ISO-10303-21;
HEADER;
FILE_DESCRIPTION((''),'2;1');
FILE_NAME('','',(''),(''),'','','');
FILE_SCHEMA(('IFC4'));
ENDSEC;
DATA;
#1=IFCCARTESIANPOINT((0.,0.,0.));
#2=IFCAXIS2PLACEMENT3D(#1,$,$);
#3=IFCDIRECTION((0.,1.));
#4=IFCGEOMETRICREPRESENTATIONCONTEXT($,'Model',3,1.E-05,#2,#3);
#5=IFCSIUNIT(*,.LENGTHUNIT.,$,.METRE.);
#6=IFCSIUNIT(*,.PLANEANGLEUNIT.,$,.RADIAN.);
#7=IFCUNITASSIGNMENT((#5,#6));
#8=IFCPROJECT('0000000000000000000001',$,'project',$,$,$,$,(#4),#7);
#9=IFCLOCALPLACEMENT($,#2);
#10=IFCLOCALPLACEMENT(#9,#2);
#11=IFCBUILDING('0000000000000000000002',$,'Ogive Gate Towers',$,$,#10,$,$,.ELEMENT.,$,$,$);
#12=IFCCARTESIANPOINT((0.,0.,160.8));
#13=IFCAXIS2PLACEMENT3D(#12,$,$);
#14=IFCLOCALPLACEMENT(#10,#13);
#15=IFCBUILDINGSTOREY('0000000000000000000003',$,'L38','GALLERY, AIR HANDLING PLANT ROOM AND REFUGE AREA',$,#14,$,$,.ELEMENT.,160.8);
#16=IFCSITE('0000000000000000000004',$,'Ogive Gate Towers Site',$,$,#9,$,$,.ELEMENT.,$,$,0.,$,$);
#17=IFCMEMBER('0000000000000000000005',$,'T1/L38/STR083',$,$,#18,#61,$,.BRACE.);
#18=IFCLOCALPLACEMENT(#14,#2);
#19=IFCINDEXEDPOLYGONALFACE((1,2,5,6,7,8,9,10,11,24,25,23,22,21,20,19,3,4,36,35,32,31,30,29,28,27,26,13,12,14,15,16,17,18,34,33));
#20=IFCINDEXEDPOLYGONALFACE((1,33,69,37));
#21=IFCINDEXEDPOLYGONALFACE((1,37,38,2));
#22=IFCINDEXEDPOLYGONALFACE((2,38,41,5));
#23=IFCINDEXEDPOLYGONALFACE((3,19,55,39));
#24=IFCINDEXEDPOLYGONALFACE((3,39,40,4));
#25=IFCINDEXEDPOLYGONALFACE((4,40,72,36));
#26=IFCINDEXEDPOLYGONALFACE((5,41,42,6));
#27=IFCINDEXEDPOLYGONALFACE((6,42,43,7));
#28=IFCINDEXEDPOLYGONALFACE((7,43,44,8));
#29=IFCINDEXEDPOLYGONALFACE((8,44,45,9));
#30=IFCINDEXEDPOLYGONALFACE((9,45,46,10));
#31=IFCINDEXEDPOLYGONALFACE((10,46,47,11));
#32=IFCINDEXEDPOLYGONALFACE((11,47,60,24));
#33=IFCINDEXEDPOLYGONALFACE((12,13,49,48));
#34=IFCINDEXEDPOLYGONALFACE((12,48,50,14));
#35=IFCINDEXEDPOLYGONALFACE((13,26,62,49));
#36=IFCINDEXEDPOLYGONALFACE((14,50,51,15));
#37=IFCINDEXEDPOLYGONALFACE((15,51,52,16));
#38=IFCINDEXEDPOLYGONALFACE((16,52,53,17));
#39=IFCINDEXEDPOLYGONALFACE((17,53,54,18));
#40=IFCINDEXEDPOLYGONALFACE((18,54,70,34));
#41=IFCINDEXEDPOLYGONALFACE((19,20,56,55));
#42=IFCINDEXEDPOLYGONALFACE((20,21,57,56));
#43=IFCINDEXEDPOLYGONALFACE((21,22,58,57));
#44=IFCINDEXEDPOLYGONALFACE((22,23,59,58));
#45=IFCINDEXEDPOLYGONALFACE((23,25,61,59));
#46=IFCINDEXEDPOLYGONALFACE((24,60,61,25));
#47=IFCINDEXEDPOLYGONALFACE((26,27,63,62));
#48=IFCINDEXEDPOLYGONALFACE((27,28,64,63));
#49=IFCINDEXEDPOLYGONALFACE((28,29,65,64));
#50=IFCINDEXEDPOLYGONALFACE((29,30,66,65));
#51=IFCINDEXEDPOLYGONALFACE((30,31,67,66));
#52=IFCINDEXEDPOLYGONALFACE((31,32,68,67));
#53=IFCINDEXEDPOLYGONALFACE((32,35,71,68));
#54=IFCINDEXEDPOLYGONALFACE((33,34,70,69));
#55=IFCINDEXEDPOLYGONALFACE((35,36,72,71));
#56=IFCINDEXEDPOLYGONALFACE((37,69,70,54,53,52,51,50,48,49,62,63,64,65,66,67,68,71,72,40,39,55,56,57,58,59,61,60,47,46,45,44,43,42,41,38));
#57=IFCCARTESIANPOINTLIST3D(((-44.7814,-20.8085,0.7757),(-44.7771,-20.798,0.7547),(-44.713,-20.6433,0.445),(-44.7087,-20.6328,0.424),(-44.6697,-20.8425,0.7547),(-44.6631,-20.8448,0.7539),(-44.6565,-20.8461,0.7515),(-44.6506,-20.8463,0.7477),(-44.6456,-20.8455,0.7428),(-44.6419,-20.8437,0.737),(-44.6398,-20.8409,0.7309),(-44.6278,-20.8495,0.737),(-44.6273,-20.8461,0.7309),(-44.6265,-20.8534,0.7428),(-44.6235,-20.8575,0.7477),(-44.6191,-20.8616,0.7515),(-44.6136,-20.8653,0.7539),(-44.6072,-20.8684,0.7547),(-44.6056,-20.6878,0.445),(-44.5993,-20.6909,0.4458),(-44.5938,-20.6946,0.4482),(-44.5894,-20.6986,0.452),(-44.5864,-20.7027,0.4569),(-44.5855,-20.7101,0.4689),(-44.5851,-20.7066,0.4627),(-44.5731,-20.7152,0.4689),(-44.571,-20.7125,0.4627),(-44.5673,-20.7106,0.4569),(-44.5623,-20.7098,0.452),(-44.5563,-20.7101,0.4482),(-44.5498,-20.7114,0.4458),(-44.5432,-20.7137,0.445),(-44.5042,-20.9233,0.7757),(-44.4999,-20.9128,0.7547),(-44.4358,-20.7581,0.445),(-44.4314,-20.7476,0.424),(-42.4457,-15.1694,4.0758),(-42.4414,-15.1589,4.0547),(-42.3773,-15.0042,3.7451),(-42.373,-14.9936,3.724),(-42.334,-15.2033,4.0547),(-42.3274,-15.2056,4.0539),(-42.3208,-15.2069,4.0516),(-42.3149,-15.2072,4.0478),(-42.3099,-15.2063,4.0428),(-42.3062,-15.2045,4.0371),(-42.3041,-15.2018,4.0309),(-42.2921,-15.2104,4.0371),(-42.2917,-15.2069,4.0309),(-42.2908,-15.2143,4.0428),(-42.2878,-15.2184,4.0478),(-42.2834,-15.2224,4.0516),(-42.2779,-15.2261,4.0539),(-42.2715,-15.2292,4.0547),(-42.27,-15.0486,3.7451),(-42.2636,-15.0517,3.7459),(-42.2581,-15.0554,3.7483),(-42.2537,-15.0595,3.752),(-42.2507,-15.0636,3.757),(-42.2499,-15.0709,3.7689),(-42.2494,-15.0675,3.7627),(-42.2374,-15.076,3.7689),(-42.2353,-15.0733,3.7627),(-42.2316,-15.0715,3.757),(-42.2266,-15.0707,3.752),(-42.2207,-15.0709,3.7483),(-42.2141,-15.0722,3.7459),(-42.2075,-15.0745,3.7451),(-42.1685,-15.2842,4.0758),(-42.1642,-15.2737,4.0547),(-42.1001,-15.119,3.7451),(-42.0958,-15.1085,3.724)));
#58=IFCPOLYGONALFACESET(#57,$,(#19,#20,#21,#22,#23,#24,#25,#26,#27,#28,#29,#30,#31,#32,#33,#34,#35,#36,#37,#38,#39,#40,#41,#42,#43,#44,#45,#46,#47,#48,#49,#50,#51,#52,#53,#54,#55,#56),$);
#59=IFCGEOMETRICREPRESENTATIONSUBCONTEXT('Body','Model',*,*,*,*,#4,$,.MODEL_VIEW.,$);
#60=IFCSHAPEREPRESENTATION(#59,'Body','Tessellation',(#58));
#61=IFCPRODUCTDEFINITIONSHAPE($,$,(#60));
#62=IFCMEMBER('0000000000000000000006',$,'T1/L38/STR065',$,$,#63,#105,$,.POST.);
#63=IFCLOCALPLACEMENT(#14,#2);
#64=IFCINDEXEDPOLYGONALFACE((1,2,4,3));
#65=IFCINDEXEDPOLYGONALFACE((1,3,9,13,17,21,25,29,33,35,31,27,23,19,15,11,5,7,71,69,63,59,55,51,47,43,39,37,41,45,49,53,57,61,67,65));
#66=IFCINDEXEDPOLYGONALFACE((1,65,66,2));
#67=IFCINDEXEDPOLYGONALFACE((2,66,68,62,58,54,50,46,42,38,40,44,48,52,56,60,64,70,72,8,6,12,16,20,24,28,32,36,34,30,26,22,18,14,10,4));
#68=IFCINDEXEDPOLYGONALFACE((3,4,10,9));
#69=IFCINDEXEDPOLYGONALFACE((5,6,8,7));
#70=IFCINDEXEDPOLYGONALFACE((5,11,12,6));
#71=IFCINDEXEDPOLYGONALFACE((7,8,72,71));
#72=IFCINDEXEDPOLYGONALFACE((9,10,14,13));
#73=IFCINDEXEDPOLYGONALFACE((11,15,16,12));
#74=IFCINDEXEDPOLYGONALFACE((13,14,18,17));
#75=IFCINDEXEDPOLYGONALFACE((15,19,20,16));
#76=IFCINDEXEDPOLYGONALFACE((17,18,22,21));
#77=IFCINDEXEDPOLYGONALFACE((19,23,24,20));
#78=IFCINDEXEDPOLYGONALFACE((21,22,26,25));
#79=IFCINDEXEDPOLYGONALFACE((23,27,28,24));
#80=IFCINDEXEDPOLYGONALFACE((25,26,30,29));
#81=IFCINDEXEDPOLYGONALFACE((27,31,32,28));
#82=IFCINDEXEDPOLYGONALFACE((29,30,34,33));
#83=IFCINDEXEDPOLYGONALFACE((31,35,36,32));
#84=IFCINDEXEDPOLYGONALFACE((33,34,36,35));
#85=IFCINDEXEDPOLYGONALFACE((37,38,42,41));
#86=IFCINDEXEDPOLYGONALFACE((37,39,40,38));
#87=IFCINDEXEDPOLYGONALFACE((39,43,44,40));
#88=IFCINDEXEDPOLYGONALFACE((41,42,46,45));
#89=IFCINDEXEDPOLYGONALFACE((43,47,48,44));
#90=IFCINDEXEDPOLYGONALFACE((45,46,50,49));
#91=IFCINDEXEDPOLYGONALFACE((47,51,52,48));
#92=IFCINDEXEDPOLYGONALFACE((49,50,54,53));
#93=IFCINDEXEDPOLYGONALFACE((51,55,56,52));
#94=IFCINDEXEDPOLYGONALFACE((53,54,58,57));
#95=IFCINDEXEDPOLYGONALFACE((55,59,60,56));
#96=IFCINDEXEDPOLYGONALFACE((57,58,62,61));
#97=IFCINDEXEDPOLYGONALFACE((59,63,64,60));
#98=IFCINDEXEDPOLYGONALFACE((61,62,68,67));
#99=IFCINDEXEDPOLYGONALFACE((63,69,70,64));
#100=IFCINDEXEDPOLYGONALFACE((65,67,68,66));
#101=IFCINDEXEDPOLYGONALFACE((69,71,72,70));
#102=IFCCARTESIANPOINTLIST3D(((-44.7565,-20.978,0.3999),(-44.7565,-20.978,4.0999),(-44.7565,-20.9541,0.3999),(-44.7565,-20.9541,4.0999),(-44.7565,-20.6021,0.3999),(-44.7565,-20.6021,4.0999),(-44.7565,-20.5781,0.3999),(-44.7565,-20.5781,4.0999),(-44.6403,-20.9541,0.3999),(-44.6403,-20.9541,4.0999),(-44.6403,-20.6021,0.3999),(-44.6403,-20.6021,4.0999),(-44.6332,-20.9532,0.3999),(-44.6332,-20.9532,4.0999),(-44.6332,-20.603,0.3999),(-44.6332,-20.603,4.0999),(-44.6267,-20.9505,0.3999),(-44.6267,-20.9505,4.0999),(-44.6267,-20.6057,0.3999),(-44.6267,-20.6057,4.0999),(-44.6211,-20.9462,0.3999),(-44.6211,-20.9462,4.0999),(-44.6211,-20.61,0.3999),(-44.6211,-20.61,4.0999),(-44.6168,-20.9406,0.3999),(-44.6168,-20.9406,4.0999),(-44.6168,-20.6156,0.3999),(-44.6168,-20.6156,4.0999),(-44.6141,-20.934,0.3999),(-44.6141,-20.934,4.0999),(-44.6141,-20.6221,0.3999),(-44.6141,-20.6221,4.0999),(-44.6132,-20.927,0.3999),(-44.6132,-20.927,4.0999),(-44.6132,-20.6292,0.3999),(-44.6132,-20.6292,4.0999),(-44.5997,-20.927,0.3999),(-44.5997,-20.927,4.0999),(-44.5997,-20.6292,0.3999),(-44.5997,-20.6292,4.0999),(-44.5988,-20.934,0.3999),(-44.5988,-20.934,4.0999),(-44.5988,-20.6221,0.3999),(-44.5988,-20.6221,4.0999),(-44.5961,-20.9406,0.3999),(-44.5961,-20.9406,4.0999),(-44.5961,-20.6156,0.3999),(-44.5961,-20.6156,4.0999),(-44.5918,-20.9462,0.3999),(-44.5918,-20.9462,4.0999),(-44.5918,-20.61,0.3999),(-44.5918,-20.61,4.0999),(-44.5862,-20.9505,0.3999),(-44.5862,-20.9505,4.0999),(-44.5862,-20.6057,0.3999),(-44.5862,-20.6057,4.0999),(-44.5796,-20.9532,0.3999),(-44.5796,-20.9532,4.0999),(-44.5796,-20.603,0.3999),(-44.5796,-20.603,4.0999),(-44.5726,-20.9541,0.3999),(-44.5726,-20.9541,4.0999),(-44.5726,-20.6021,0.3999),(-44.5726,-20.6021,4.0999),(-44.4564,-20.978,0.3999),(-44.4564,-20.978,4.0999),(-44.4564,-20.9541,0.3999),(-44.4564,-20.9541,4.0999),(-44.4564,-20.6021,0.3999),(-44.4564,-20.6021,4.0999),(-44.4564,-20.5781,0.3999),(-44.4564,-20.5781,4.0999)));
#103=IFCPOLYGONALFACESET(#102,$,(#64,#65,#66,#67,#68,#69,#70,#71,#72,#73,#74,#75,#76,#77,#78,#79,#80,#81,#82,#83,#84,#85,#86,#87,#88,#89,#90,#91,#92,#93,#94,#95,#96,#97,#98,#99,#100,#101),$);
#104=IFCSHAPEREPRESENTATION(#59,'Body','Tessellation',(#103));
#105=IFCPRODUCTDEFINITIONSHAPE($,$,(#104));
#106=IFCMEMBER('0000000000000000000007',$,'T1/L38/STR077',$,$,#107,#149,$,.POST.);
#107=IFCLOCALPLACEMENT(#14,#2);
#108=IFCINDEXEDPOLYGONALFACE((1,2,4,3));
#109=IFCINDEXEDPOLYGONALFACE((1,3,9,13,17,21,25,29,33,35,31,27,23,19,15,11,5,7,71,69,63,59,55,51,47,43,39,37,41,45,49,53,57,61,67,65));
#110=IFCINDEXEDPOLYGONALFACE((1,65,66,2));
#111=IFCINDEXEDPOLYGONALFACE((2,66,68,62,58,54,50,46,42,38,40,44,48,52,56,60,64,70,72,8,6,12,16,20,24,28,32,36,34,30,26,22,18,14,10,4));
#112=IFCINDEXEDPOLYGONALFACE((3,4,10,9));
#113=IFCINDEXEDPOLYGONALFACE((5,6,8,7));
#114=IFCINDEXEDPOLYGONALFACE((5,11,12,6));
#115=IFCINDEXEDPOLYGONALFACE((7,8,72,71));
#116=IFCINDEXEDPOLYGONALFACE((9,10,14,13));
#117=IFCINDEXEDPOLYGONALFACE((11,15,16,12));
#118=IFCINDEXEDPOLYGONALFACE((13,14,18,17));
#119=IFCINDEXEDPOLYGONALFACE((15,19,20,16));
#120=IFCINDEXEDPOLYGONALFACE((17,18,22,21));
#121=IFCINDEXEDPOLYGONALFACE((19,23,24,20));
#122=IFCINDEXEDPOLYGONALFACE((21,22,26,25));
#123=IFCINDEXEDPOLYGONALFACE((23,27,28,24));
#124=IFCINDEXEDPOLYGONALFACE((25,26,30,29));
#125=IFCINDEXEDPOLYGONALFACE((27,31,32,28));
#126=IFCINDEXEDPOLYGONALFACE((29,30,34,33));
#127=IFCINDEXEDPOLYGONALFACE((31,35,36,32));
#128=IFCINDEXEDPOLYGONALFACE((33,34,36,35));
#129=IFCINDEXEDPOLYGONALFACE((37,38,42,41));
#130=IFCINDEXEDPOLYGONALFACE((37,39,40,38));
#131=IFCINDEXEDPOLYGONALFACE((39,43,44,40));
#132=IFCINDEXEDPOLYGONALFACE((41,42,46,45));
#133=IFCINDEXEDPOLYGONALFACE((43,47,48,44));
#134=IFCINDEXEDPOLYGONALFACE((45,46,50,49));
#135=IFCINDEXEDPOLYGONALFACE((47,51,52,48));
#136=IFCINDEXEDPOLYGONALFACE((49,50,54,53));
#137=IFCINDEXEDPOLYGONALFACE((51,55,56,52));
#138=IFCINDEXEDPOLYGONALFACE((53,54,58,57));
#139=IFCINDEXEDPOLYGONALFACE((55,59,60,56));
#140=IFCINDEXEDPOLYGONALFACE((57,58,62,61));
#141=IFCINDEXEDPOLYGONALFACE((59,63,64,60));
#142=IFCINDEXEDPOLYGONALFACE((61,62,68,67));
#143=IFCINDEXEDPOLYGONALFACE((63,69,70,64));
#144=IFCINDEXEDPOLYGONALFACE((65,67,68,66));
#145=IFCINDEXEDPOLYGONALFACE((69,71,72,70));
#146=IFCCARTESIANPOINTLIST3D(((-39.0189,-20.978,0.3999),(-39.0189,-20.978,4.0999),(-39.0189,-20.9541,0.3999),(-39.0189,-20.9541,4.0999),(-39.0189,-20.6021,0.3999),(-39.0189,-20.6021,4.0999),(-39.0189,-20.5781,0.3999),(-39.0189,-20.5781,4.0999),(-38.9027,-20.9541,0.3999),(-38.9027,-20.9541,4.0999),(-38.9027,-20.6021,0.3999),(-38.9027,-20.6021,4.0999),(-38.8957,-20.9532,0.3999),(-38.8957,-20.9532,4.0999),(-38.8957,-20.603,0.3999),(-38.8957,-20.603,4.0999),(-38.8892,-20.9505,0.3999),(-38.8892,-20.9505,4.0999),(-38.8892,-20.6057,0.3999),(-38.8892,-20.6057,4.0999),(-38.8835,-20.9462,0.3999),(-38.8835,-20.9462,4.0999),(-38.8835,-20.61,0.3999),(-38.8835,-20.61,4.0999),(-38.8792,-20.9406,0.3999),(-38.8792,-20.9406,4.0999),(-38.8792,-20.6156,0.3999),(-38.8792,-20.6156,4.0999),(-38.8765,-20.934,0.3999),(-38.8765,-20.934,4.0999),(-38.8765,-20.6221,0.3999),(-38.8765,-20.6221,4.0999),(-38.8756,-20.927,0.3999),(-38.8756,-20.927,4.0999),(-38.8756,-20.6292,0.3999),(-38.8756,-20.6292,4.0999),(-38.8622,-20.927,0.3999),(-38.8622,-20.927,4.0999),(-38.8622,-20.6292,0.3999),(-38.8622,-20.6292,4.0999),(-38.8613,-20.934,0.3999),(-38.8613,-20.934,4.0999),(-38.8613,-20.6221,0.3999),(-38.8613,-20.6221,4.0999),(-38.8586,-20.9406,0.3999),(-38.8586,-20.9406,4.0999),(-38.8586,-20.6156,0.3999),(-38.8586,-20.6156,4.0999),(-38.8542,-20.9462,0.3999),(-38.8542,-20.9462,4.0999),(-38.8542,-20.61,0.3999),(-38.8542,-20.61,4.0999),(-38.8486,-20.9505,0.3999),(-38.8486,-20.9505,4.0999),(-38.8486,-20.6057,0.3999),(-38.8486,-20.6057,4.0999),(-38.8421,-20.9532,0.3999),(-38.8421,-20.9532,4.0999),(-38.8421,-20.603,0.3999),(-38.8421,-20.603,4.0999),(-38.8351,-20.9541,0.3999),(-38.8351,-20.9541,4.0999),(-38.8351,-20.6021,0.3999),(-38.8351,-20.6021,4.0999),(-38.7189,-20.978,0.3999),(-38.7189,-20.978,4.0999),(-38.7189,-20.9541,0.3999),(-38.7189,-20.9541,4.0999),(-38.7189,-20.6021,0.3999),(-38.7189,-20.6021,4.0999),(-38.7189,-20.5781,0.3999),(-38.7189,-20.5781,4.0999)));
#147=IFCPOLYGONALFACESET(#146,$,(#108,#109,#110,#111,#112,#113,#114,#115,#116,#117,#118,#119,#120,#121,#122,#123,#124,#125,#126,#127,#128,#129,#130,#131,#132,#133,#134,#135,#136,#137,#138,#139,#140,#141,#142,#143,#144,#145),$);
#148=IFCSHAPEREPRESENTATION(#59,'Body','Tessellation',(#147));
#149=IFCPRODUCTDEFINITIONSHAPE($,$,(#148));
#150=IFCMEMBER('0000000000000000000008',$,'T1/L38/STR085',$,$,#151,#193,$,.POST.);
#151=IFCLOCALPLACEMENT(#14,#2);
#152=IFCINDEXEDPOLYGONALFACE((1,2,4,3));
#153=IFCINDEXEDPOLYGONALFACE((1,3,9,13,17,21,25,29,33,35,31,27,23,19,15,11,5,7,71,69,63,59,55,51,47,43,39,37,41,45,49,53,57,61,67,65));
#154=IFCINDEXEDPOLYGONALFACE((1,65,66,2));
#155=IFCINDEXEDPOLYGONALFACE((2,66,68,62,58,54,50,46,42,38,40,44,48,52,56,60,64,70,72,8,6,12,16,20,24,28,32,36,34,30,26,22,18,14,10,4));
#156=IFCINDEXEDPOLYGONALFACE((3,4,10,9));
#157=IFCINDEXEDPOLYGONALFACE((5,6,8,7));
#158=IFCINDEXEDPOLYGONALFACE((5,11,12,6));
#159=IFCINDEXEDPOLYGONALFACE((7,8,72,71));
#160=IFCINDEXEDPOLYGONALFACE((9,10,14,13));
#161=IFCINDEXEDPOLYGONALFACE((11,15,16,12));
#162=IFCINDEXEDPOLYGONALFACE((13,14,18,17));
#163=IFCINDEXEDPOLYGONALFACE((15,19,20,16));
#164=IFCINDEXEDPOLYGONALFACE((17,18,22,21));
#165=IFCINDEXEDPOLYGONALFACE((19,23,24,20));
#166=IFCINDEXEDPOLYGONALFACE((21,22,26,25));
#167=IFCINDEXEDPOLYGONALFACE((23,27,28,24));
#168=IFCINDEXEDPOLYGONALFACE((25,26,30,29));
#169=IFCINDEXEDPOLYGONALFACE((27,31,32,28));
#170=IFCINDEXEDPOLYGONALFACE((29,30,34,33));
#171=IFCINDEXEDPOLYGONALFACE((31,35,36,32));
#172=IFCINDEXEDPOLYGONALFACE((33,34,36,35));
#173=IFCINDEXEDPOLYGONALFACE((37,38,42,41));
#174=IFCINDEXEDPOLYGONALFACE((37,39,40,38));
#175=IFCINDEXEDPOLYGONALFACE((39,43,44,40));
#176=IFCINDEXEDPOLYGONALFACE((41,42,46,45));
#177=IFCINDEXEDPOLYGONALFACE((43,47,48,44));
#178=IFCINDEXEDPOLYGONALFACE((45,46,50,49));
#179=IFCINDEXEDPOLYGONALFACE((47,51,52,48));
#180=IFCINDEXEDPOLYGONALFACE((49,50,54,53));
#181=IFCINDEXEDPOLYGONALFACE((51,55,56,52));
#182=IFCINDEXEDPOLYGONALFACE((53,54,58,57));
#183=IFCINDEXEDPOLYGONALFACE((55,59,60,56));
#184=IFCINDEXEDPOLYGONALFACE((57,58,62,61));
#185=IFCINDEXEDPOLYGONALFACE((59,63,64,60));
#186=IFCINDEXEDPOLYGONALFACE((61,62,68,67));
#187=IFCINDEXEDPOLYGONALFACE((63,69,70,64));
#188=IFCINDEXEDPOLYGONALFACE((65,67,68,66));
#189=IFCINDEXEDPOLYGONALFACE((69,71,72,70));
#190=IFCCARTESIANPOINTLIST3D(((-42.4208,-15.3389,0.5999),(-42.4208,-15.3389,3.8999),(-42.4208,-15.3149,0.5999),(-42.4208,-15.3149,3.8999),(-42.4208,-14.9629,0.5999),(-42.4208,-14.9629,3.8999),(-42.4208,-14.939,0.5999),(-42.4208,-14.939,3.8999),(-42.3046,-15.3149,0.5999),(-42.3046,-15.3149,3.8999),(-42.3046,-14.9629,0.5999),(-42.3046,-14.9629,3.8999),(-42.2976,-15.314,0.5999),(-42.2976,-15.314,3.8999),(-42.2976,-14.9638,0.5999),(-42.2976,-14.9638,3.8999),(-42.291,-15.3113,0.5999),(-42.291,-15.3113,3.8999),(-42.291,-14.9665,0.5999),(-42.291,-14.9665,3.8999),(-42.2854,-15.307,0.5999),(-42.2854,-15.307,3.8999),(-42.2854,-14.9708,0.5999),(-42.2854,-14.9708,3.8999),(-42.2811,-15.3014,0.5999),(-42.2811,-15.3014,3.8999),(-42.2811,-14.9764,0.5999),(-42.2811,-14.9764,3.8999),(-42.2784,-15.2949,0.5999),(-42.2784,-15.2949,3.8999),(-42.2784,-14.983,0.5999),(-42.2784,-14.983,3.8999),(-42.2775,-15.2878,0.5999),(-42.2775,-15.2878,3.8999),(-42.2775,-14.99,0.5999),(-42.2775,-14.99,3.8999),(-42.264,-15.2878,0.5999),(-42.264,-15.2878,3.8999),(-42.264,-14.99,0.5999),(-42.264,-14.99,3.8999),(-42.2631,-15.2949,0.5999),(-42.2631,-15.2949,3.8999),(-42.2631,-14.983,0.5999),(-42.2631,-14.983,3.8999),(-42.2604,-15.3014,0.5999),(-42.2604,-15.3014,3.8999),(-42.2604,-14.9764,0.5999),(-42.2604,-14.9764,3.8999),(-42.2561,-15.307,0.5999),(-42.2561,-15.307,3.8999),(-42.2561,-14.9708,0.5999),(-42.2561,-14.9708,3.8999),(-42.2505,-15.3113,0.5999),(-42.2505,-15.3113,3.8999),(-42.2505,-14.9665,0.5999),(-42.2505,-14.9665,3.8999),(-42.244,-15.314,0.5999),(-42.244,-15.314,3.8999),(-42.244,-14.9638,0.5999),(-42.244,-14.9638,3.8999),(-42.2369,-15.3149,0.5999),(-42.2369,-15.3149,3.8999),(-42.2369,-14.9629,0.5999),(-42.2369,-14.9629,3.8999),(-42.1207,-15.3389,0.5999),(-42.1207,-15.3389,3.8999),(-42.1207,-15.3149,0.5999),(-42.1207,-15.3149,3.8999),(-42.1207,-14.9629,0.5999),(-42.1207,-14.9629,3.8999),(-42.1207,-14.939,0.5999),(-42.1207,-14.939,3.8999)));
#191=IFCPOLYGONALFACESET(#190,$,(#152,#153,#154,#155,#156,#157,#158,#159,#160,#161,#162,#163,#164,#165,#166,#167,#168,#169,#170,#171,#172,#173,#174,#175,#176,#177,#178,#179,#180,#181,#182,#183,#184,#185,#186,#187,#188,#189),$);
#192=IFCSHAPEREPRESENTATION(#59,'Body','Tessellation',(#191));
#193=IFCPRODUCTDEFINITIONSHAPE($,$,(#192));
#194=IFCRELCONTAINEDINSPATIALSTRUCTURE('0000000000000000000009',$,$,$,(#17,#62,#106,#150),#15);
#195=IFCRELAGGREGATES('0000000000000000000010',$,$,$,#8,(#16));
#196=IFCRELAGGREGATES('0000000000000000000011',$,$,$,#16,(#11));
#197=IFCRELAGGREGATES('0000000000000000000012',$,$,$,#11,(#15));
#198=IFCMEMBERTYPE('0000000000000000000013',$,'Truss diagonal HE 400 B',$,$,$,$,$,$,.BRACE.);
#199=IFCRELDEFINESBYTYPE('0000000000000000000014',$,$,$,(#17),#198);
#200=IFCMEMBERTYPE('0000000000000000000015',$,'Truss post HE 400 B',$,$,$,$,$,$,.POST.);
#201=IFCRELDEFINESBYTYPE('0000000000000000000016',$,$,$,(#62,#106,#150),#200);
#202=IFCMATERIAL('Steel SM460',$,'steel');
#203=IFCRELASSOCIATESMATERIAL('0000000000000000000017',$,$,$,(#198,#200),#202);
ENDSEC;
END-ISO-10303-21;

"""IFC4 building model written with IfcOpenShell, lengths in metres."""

from ifc_helpers import new_model, si_unit, direction, frame, origin, origin_2d, place, context, subcontext, project, spatial, i_section, extrude, material, material_profile, profile_set, type_object, element, save


model = new_model("IFC4")

# Units and contexts
model_context = context("Model", 3, precision=1e-05, world=origin(), true_north=direction((0.0, 1.0)))
body_context = subcontext(model_context, "Body", "Model", "MODEL_VIEW")
ifc_project = project(units=[si_unit("LENGTHUNIT", "METRE"), si_unit("PLANEANGLEUNIT", "RADIAN")], contexts=[model_context])

# Site, building, storey
site_placement = place(None, origin())
site = spatial("IfcSite", under=ifc_project, at=site_placement, Name="Ogive Gate Towers Site", CompositionType="ELEMENT", RefElevation=0.0)
building_placement = place(site_placement, origin())
building = spatial("IfcBuilding", under=site, at=building_placement, Name="Ogive Gate Towers", CompositionType="ELEMENT")
storey_placement = place(building_placement, frame((0.0, 0.0, 160.8)))
storey = spatial("IfcBuildingStorey", under=building, at=storey_placement, Name="L38", Description="GALLERY, AIR HANDLING PLANT ROOM AND REFUGE AREA", CompositionType="ELEMENT", Elevation=160.8)

# Shared definitions
ifc_material_1 = material(Name="Steel SM460", Category="steel")

# Members
ifc_material_profile_1 = material_profile(ifc_material_1, i_section(OverallWidth=0.3, OverallDepth=0.3999, WebThickness=0.0134, FlangeThickness=0.0239, FilletRadius=0.0271, at=origin_2d()), Name="HE 400 B")
ifc_profile_set_1 = profile_set([ifc_material_profile_1], Name="Steel SM460")
member_type_1 = type_object("IfcMemberType", Name="Truss diagonal HE 400 B", PredefinedType="BRACE", material=ifc_profile_set_1)
member_1_placement = place(storey_placement, frame((-42.2708, -15.1389, 3.8999), z_axis=(-0.336617, -0.812708, -0.475599), x_axis=(0.923887, -0.382666, 0.0)))
element("IfcMember", 1, at=member_1_placement, inside=storey, type_object=member_type_1, Name="T1/L38/STR083", PredefinedType="BRACE", context=body_context, shape_type="SweptSolid", body=[
    extrude(i_section(OverallWidth=0.3, OverallDepth=0.3999, WebThickness=0.0134, FlangeThickness=0.0239, FilletRadius=0.0271, at=origin_2d()), origin(), (0.0, 0.0, 1.0), 6.9387),
])
ifc_material_profile_2 = material_profile(ifc_material_1, i_section(OverallWidth=0.3, OverallDepth=0.3999, WebThickness=0.0134, FlangeThickness=0.0239, FilletRadius=0.0271, at=origin_2d()), Name="HE 400 B")
ifc_profile_set_2 = profile_set([ifc_material_profile_2], Name="Steel SM460")
member_type_2 = type_object("IfcMemberType", Name="Truss post HE 400 B", PredefinedType="POST", material=ifc_profile_set_2)
for number, where, z_axis, x_axis, name in (
    (2, (-44.6064, -20.7781, 0.3999), (0.0, 0.0, 1.0), (1.0, 0.0, 0.0), "T1/L38/STR065"),
    (3, (-38.8689, -20.7781, 0.3999), (0.0, 0.0, 1.0), (1.0, 0.0, 0.0), "T1/L38/STR077"),
):
    element("IfcMember", number, at=place(storey_placement, frame(where, z_axis=z_axis, x_axis=x_axis)), inside=storey, type_object=member_type_2, Name=name, PredefinedType="POST", context=body_context, shape_type="SweptSolid", body=[
        extrude(i_section(OverallWidth=0.3, OverallDepth=0.3999, WebThickness=0.0134, FlangeThickness=0.0239, FilletRadius=0.0271, at=origin_2d()), origin(), (0.0, 0.0, 1.0), 3.7),
    ])
member_2_placement = place(storey_placement, frame((-42.2708, -15.1389, 0.5999), z_axis=(0.0, 0.0, 1.0), x_axis=(1.0, 0.0, 0.0)))
element("IfcMember", 4, at=member_2_placement, inside=storey, type_object=member_type_2, Name="T1/L38/STR085", PredefinedType="POST", context=body_context, shape_type="SweptSolid", body=[
    extrude(i_section(OverallWidth=0.3, OverallDepth=0.3999, WebThickness=0.0134, FlangeThickness=0.0239, FilletRadius=0.0271, at=origin_2d()), origin(), (0.0, 0.0, 1.0), 3.3),
])

save(model, "model.ifc")
